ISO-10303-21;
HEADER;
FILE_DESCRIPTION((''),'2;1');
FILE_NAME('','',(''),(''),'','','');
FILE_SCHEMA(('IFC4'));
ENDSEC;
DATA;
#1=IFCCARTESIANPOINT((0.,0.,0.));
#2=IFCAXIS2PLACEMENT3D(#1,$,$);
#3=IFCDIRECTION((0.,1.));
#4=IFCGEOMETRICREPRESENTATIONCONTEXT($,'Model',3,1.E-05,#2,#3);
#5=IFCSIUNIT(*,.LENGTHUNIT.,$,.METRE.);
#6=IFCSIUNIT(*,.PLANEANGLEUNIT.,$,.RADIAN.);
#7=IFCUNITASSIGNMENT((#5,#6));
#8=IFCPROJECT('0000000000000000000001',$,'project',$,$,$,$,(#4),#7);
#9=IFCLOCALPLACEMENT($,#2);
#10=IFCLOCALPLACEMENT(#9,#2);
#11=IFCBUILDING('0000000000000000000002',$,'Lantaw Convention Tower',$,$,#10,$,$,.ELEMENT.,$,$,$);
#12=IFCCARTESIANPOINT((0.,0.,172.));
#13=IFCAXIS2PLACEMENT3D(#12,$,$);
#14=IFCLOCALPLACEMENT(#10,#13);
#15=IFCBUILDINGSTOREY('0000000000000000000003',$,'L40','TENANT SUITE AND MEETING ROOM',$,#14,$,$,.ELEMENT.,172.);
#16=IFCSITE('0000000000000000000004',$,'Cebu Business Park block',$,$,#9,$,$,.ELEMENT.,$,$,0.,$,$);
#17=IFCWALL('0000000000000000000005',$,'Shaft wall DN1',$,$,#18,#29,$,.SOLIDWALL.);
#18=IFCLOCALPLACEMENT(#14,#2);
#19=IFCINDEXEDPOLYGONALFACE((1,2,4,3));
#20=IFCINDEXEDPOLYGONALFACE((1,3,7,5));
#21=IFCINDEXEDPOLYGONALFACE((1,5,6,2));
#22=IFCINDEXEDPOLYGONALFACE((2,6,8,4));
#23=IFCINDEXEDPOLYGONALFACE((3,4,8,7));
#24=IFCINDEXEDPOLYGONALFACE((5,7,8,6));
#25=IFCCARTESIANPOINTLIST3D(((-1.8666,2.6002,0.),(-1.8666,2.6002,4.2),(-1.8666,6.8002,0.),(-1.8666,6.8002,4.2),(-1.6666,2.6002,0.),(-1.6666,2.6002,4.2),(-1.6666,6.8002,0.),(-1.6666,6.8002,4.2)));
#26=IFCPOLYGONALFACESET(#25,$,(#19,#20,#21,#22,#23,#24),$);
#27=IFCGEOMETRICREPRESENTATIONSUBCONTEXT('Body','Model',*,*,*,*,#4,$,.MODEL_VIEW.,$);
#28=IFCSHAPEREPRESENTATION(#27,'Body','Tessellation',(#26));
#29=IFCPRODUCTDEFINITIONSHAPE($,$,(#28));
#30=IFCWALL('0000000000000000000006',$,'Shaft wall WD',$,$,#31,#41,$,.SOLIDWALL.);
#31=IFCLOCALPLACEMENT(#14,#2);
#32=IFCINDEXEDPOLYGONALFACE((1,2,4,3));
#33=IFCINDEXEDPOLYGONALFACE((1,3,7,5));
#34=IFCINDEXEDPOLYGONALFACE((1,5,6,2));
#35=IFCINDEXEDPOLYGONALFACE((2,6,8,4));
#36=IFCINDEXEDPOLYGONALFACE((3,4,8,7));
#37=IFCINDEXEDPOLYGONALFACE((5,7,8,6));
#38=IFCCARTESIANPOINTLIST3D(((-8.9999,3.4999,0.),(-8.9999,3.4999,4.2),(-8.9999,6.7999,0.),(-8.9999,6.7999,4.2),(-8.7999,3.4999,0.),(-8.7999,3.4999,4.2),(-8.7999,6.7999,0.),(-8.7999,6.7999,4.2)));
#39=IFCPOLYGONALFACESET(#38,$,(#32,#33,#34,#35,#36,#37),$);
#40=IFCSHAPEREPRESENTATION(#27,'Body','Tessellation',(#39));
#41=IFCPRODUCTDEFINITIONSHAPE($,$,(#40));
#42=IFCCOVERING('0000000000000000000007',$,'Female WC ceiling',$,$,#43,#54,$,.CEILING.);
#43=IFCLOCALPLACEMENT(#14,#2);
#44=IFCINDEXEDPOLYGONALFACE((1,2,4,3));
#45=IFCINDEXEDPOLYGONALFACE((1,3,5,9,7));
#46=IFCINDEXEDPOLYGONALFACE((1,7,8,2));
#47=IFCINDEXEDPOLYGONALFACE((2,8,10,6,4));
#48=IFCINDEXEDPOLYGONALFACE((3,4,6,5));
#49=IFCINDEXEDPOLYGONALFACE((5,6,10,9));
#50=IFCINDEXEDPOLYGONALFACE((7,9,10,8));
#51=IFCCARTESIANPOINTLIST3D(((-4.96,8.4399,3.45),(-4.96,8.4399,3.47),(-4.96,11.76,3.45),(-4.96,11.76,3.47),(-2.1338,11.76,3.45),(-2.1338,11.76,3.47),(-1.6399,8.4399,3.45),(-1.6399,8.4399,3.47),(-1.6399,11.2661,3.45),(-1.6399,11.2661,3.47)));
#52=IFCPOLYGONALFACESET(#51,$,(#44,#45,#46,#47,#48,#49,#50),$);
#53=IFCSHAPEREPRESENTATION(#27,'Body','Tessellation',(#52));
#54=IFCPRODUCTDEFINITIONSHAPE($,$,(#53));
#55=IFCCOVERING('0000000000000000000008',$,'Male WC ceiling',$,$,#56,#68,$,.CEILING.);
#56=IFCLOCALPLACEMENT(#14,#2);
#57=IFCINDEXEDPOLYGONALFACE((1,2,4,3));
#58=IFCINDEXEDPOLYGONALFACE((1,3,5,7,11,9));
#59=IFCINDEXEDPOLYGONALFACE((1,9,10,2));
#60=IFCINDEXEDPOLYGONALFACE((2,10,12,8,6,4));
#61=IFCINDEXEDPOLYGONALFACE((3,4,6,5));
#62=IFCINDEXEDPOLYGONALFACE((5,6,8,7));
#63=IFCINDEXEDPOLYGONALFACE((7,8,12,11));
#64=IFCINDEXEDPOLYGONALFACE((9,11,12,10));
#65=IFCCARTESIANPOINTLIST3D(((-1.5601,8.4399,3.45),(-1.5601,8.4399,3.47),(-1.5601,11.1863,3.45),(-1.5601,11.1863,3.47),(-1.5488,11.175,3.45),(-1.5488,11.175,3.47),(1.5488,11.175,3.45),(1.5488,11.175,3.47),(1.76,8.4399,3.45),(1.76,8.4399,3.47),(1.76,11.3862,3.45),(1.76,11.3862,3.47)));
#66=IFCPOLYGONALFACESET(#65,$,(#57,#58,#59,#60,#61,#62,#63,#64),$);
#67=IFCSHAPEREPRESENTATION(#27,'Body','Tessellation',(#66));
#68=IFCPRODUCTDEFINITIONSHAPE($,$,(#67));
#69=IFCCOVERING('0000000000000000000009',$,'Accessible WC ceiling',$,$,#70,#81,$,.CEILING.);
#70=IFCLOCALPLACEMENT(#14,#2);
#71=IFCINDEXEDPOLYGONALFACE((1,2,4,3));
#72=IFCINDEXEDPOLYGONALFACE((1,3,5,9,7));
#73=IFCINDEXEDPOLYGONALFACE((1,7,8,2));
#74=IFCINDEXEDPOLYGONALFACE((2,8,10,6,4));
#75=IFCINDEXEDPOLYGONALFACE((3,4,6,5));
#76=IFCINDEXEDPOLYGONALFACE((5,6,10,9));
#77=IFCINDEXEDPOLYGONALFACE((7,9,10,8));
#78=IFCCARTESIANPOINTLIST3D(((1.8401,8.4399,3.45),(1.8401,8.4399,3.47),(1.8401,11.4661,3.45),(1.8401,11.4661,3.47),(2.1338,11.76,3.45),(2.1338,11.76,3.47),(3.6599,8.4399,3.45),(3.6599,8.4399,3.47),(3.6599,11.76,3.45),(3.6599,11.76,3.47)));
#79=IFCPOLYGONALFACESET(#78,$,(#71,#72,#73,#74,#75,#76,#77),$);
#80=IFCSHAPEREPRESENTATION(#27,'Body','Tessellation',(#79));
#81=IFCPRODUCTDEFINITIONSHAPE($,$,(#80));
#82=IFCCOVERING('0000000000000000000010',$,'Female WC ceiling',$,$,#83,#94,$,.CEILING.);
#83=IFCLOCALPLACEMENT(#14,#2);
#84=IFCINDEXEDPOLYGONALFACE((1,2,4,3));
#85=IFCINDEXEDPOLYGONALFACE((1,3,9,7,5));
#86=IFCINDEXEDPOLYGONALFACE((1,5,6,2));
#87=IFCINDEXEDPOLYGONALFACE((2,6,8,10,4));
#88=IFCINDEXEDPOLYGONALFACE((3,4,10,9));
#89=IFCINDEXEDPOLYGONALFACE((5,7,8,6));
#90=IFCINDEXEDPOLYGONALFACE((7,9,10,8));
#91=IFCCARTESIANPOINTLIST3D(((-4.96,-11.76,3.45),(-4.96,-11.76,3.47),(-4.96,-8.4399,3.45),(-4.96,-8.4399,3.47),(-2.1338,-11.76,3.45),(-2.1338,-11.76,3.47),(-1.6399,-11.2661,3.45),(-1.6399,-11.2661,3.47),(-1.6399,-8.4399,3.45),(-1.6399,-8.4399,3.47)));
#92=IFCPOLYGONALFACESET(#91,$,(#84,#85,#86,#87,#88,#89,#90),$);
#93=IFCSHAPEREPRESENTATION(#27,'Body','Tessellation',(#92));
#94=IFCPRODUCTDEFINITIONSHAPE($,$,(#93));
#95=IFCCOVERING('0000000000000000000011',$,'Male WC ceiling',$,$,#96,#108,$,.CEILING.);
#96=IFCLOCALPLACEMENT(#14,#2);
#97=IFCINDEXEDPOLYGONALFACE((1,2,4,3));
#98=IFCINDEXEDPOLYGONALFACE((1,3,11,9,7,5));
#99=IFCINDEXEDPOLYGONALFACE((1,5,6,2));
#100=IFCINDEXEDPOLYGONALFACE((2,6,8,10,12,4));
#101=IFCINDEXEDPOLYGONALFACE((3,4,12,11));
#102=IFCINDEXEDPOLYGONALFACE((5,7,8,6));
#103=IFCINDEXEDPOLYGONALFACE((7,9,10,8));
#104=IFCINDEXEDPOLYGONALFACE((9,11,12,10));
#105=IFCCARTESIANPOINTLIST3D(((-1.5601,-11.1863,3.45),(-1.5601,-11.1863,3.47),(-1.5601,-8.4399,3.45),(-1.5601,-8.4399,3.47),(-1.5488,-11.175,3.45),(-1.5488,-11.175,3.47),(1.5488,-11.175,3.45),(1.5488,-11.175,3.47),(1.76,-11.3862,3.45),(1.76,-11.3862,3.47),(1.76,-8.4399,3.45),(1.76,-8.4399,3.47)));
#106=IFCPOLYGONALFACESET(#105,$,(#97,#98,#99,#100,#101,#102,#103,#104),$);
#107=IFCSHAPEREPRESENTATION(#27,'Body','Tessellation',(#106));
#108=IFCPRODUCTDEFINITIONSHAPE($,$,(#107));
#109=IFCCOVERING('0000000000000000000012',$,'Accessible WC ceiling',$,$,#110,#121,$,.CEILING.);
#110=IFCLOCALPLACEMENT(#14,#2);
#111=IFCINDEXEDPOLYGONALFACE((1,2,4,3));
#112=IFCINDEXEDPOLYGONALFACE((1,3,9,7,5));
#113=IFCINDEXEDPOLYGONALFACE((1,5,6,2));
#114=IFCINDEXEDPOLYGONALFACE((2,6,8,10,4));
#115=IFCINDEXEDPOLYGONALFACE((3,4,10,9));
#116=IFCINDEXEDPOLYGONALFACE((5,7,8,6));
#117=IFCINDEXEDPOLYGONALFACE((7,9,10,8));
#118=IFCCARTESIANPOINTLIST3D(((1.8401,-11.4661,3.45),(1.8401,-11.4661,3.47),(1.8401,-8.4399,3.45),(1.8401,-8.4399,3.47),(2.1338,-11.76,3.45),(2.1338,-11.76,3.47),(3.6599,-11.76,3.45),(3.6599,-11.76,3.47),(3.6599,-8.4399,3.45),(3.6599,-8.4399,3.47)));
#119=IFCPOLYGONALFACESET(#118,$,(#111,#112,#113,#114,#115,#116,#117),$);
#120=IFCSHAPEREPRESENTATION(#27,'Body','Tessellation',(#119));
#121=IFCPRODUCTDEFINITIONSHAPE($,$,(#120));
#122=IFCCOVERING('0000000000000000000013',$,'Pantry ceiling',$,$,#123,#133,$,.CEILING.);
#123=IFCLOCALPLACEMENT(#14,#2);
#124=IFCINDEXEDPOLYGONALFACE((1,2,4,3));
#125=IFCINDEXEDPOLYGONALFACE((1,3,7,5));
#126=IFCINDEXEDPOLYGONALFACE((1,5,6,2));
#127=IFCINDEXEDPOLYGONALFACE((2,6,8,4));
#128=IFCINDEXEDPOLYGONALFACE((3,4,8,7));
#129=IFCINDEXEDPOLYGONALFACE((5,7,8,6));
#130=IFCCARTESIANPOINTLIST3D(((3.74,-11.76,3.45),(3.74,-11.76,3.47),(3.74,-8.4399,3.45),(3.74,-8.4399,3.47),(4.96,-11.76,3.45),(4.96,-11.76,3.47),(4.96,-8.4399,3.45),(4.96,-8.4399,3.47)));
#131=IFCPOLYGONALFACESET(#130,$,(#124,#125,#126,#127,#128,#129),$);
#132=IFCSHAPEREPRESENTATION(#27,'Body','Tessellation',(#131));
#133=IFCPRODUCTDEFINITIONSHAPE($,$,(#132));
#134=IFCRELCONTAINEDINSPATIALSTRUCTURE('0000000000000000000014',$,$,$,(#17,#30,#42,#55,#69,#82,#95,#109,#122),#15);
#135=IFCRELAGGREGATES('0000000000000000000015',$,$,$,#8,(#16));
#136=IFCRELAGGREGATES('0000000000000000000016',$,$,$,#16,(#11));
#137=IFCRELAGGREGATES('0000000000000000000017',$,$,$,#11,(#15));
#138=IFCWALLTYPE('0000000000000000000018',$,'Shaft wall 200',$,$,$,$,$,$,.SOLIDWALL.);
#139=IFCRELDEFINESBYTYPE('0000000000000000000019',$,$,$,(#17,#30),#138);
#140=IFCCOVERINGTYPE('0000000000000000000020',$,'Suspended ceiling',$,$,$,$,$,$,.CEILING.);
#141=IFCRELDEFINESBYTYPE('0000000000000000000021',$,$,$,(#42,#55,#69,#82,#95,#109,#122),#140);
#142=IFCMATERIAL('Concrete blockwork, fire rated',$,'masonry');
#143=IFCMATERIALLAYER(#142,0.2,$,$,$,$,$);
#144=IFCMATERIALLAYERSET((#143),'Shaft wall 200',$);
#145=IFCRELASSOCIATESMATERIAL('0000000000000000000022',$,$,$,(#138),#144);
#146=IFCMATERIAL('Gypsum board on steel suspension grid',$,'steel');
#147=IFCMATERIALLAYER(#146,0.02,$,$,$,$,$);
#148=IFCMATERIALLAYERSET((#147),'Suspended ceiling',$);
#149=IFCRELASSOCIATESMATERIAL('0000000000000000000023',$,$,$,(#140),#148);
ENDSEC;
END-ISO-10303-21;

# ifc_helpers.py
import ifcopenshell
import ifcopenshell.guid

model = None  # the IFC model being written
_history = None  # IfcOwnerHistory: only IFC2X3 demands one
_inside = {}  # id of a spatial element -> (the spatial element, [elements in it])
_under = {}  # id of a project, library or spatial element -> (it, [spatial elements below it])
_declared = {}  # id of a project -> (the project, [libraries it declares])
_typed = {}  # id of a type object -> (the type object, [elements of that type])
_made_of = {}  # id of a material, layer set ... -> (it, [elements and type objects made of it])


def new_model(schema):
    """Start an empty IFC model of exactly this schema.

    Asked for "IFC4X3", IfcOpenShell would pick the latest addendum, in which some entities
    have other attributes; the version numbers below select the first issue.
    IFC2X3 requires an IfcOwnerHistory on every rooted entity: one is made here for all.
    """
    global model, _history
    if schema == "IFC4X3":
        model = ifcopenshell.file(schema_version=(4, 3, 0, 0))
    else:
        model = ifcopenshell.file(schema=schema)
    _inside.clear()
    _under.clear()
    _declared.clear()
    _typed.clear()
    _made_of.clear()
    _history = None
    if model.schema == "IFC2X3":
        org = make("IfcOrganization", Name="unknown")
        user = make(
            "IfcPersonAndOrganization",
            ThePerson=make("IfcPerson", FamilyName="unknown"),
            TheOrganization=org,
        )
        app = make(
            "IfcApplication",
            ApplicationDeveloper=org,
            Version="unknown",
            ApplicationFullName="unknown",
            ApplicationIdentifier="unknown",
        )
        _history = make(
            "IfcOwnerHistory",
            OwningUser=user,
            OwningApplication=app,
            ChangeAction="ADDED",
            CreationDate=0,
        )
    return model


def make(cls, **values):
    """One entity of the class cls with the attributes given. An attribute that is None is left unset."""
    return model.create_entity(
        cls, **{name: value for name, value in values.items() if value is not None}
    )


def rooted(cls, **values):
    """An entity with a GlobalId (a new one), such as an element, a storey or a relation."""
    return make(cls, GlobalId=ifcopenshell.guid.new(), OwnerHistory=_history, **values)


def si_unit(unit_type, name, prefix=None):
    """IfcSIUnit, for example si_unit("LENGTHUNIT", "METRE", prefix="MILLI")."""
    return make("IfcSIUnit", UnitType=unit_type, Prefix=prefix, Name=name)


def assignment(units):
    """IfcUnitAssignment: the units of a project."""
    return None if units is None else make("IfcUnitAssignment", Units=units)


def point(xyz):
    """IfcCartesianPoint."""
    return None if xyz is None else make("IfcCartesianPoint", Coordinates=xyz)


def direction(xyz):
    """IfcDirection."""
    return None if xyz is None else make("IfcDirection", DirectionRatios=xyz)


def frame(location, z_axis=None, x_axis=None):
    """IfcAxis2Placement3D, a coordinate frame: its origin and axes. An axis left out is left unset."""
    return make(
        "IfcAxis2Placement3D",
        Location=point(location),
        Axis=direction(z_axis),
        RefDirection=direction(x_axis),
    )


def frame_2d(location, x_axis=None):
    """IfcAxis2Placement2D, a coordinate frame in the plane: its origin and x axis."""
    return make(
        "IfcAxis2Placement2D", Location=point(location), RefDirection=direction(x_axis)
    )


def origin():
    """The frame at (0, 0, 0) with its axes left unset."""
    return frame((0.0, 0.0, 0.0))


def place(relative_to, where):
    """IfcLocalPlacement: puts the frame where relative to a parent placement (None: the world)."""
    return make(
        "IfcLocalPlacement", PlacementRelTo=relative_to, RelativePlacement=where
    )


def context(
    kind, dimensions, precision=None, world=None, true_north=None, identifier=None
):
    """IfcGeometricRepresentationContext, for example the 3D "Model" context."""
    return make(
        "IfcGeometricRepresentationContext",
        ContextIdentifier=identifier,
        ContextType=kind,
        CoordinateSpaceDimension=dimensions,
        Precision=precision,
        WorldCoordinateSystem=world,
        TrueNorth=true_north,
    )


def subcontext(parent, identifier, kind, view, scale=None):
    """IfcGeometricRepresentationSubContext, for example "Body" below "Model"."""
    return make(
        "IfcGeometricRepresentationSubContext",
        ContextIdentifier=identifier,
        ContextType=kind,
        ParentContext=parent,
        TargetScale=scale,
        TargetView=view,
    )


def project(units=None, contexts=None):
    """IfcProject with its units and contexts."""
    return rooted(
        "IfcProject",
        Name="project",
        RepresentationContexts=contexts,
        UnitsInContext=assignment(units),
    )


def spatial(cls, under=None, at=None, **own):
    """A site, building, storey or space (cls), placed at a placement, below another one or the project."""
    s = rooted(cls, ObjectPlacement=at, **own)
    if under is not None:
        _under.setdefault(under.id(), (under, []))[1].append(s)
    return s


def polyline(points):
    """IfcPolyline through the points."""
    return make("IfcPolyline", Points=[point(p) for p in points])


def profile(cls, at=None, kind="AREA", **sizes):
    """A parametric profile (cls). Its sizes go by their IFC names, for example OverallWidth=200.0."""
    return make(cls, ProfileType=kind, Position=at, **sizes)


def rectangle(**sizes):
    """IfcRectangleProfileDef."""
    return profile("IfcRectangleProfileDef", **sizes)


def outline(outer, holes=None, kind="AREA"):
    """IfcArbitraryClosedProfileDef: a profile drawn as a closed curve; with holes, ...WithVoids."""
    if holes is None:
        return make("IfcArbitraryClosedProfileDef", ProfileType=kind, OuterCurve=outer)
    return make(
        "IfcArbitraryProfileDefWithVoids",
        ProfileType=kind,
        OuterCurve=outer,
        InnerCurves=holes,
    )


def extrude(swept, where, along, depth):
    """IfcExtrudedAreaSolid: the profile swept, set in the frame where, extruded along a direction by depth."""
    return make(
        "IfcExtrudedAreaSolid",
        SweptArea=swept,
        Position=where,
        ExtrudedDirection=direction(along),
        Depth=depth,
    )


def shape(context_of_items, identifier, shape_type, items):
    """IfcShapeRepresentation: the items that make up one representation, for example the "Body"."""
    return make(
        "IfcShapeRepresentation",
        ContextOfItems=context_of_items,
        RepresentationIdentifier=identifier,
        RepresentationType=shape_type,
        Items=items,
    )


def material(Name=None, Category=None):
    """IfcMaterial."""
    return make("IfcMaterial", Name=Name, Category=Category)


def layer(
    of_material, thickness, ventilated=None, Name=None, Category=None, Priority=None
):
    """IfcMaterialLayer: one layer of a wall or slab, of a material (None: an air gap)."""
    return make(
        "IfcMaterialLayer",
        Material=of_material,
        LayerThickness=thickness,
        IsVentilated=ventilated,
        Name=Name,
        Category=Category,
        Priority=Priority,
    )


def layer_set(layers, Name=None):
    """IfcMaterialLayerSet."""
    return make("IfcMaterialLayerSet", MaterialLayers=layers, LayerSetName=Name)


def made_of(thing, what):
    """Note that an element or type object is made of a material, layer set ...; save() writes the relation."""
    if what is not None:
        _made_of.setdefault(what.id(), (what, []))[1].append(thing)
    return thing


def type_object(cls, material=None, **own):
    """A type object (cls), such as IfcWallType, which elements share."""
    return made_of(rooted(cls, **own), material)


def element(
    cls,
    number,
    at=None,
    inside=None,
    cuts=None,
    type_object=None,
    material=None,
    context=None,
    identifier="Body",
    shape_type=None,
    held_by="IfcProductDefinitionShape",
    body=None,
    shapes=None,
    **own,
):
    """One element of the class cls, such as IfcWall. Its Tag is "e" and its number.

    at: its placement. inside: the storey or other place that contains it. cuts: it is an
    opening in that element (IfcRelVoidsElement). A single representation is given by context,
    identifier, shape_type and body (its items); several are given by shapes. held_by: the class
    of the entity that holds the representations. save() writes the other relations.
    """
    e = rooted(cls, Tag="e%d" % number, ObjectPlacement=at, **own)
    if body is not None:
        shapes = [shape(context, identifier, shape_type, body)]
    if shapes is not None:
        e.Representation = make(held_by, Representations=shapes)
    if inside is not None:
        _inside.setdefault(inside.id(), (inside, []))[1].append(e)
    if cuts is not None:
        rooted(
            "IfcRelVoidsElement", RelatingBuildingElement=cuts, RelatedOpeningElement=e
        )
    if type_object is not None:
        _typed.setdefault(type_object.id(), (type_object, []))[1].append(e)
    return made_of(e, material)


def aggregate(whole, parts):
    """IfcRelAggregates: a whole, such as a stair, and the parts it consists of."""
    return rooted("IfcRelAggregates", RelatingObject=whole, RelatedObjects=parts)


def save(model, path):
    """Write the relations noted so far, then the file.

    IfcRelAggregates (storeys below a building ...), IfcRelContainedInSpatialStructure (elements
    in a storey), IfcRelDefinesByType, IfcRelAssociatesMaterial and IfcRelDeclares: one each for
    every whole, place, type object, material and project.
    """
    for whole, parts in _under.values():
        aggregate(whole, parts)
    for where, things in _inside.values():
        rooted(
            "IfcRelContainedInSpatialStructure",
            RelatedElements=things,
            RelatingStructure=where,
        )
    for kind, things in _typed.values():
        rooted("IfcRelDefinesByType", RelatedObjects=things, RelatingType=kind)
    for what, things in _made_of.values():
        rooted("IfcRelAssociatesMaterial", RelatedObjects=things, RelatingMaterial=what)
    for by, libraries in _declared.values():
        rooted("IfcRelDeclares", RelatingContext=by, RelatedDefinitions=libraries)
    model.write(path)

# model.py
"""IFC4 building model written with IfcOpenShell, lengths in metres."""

from ifc_helpers import new_model, si_unit, direction, frame, frame_2d, origin, place, context, subcontext, project, spatial, polyline, rectangle, outline, extrude, material, layer, layer_set, type_object, element, save


model = new_model("IFC4")

# Units and contexts
model_context = context("Model", 3, precision=1e-05, world=origin(), true_north=direction((0.0, 1.0)))
body_context = subcontext(model_context, "Body", "Model", "MODEL_VIEW")
ifc_project = project(units=[si_unit("LENGTHUNIT", "METRE"), si_unit("PLANEANGLEUNIT", "RADIAN")], contexts=[model_context])

# Site, building, storey
site_placement = place(None, origin())
site = spatial("IfcSite", under=ifc_project, at=site_placement, Name="Cebu Business Park block", CompositionType="ELEMENT", RefElevation=0.0)
building_placement = place(site_placement, origin())
building = spatial("IfcBuilding", under=site, at=building_placement, Name="Lantaw Convention Tower", CompositionType="ELEMENT")
storey_placement = place(building_placement, frame((0.0, 0.0, 172.0)))
storey = spatial("IfcBuildingStorey", under=building, at=storey_placement, Name="L40", Description="TENANT SUITE AND MEETING ROOM", CompositionType="ELEMENT", Elevation=172.0)

# Walls
ifc_material_1 = material(Name="Concrete blockwork, fire rated", Category="masonry")
ifc_layer_1 = layer(ifc_material_1, 0.2)
ifc_layer_set_1 = layer_set([ifc_layer_1], Name="Shaft wall 200")
wall_type_1 = type_object("IfcWallType", Name="Shaft wall 200", PredefinedType="SOLIDWALL", material=ifc_layer_set_1)
wall_1_placement = place(storey_placement, frame((-1.7666, 2.6001, 0.0), z_axis=(0.0, 0.0, 1.0), x_axis=(0.0, 1.0, 0.0)))
element("IfcWall", 1, at=wall_1_placement, inside=storey, type_object=wall_type_1, Name="Shaft wall DN1", PredefinedType="SOLIDWALL", context=body_context, shape_type="SweptSolid", body=[
    extrude(rectangle(XDim=4.2, YDim=0.2, at=frame_2d((2.1001, 0.0))), origin(), (0.0, 0.0, 1.0), 4.2),
])
wall_2_placement = place(storey_placement, frame((-8.8999, 3.5, 0.0), z_axis=(0.0, 0.0, 1.0), x_axis=(0.0, 1.0, 0.0)))
element("IfcWall", 2, at=wall_2_placement, inside=storey, type_object=wall_type_1, Name="Shaft wall WD", PredefinedType="SOLIDWALL", context=body_context, shape_type="SweptSolid", body=[
    extrude(rectangle(XDim=3.3, YDim=0.2, at=frame_2d((1.6499, 0.0))), origin(), (0.0, 0.0, 1.0), 4.2),
])

# Coverings
ifc_material_2 = material(Name="Gypsum board on steel suspension grid", Category="steel")
ifc_layer_2 = layer(ifc_material_2, 0.02)
ifc_layer_set_2 = layer_set([ifc_layer_2], Name="Suspended ceiling")
covering_type = type_object("IfcCoveringType", Name="Suspended ceiling", PredefinedType="CEILING", material=ifc_layer_set_2)
covering_1_placement = place(storey_placement, frame((0.0, 0.0, 3.45)))
element("IfcCovering", 3, at=covering_1_placement, inside=storey, type_object=covering_type, Name="Female WC ceiling", PredefinedType="CEILING", context=body_context, shape_type="SweptSolid", body=[
    extrude(outline(polyline([(-4.96, 11.76), (-4.96, 8.4399), (-1.6399, 8.4399), (-1.6399, 11.2661), (-2.1338, 11.76), (-4.96, 11.76)])), origin(), (0.0, 0.0, 1.0), 0.02),
])
covering_2_placement = place(storey_placement, frame((0.0, 0.0, 3.45)))
element("IfcCovering", 4, at=covering_2_placement, inside=storey, type_object=covering_type, Name="Male WC ceiling", PredefinedType="CEILING", context=body_context, shape_type="SweptSolid", body=[
    extrude(outline(polyline([(-1.5601, 11.1863), (-1.5601, 8.4399), (1.76, 8.4399), (1.76, 11.3862), (1.5488, 11.175), (-1.5488, 11.175), (-1.5601, 11.1863)])), origin(), (0.0, 0.0, 1.0), 0.02),
])
covering_3_placement = place(storey_placement, frame((0.0, 0.0, 3.45)))
element("IfcCovering", 5, at=covering_3_placement, inside=storey, type_object=covering_type, Name="Accessible WC ceiling", PredefinedType="CEILING", context=body_context, shape_type="SweptSolid", body=[
    extrude(outline(polyline([(1.8401, 11.4661), (1.8401, 8.4399), (3.6599, 8.4399), (3.6599, 11.76), (2.1338, 11.76), (1.8401, 11.4661)])), origin(), (0.0, 0.0, 1.0), 0.02),
])
covering_4_placement = place(storey_placement, frame((0.0, 0.0, 3.45)))
element("IfcCovering", 6, at=covering_4_placement, inside=storey, type_object=covering_type, Name="Female WC ceiling", PredefinedType="CEILING", context=body_context, shape_type="SweptSolid", body=[
    extrude(outline(polyline([(-4.96, -8.4399), (-4.96, -11.76), (-2.1338, -11.76), (-1.6399, -11.2661), (-1.6399, -8.4399), (-4.96, -8.4399)])), origin(), (0.0, 0.0, 1.0), 0.02),
])
covering_5_placement = place(storey_placement, frame((0.0, 0.0, 3.45)))
element("IfcCovering", 7, at=covering_5_placement, inside=storey, type_object=covering_type, Name="Male WC ceiling", PredefinedType="CEILING", context=body_context, shape_type="SweptSolid", body=[
    extrude(outline(polyline([(-1.5601, -11.1863), (-1.5488, -11.175), (1.5488, -11.175), (1.76, -11.3862), (1.76, -8.4399), (-1.5601, -8.4399), (-1.5601, -11.1863)])), origin(), (0.0, 0.0, 1.0), 0.02),
])
covering_6_placement = place(storey_placement, frame((0.0, 0.0, 3.45)))
element("IfcCovering", 8, at=covering_6_placement, inside=storey, type_object=covering_type, Name="Accessible WC ceiling", PredefinedType="CEILING", context=body_context, shape_type="SweptSolid", body=[
    extrude(outline(polyline([(1.8401, -8.4399), (1.8401, -11.4661), (2.1338, -11.76), (3.6599, -11.76), (3.6599, -8.4399), (1.8401, -8.4399)])), origin(), (0.0, 0.0, 1.0), 0.02),
])
covering_7_placement = place(storey_placement, frame((0.0, 0.0, 3.45)))
element("IfcCovering", 9, at=covering_7_placement, inside=storey, type_object=covering_type, Name="Pantry ceiling", PredefinedType="CEILING", context=body_context, shape_type="SweptSolid", body=[
    extrude(outline(polyline([(3.74, -11.76), (4.96, -11.76), (4.96, -8.4399), (3.74, -8.4399), (3.74, -11.76)])), origin(), (0.0, 0.0, 1.0), 0.02),
])

save(model, "model.ifc")
